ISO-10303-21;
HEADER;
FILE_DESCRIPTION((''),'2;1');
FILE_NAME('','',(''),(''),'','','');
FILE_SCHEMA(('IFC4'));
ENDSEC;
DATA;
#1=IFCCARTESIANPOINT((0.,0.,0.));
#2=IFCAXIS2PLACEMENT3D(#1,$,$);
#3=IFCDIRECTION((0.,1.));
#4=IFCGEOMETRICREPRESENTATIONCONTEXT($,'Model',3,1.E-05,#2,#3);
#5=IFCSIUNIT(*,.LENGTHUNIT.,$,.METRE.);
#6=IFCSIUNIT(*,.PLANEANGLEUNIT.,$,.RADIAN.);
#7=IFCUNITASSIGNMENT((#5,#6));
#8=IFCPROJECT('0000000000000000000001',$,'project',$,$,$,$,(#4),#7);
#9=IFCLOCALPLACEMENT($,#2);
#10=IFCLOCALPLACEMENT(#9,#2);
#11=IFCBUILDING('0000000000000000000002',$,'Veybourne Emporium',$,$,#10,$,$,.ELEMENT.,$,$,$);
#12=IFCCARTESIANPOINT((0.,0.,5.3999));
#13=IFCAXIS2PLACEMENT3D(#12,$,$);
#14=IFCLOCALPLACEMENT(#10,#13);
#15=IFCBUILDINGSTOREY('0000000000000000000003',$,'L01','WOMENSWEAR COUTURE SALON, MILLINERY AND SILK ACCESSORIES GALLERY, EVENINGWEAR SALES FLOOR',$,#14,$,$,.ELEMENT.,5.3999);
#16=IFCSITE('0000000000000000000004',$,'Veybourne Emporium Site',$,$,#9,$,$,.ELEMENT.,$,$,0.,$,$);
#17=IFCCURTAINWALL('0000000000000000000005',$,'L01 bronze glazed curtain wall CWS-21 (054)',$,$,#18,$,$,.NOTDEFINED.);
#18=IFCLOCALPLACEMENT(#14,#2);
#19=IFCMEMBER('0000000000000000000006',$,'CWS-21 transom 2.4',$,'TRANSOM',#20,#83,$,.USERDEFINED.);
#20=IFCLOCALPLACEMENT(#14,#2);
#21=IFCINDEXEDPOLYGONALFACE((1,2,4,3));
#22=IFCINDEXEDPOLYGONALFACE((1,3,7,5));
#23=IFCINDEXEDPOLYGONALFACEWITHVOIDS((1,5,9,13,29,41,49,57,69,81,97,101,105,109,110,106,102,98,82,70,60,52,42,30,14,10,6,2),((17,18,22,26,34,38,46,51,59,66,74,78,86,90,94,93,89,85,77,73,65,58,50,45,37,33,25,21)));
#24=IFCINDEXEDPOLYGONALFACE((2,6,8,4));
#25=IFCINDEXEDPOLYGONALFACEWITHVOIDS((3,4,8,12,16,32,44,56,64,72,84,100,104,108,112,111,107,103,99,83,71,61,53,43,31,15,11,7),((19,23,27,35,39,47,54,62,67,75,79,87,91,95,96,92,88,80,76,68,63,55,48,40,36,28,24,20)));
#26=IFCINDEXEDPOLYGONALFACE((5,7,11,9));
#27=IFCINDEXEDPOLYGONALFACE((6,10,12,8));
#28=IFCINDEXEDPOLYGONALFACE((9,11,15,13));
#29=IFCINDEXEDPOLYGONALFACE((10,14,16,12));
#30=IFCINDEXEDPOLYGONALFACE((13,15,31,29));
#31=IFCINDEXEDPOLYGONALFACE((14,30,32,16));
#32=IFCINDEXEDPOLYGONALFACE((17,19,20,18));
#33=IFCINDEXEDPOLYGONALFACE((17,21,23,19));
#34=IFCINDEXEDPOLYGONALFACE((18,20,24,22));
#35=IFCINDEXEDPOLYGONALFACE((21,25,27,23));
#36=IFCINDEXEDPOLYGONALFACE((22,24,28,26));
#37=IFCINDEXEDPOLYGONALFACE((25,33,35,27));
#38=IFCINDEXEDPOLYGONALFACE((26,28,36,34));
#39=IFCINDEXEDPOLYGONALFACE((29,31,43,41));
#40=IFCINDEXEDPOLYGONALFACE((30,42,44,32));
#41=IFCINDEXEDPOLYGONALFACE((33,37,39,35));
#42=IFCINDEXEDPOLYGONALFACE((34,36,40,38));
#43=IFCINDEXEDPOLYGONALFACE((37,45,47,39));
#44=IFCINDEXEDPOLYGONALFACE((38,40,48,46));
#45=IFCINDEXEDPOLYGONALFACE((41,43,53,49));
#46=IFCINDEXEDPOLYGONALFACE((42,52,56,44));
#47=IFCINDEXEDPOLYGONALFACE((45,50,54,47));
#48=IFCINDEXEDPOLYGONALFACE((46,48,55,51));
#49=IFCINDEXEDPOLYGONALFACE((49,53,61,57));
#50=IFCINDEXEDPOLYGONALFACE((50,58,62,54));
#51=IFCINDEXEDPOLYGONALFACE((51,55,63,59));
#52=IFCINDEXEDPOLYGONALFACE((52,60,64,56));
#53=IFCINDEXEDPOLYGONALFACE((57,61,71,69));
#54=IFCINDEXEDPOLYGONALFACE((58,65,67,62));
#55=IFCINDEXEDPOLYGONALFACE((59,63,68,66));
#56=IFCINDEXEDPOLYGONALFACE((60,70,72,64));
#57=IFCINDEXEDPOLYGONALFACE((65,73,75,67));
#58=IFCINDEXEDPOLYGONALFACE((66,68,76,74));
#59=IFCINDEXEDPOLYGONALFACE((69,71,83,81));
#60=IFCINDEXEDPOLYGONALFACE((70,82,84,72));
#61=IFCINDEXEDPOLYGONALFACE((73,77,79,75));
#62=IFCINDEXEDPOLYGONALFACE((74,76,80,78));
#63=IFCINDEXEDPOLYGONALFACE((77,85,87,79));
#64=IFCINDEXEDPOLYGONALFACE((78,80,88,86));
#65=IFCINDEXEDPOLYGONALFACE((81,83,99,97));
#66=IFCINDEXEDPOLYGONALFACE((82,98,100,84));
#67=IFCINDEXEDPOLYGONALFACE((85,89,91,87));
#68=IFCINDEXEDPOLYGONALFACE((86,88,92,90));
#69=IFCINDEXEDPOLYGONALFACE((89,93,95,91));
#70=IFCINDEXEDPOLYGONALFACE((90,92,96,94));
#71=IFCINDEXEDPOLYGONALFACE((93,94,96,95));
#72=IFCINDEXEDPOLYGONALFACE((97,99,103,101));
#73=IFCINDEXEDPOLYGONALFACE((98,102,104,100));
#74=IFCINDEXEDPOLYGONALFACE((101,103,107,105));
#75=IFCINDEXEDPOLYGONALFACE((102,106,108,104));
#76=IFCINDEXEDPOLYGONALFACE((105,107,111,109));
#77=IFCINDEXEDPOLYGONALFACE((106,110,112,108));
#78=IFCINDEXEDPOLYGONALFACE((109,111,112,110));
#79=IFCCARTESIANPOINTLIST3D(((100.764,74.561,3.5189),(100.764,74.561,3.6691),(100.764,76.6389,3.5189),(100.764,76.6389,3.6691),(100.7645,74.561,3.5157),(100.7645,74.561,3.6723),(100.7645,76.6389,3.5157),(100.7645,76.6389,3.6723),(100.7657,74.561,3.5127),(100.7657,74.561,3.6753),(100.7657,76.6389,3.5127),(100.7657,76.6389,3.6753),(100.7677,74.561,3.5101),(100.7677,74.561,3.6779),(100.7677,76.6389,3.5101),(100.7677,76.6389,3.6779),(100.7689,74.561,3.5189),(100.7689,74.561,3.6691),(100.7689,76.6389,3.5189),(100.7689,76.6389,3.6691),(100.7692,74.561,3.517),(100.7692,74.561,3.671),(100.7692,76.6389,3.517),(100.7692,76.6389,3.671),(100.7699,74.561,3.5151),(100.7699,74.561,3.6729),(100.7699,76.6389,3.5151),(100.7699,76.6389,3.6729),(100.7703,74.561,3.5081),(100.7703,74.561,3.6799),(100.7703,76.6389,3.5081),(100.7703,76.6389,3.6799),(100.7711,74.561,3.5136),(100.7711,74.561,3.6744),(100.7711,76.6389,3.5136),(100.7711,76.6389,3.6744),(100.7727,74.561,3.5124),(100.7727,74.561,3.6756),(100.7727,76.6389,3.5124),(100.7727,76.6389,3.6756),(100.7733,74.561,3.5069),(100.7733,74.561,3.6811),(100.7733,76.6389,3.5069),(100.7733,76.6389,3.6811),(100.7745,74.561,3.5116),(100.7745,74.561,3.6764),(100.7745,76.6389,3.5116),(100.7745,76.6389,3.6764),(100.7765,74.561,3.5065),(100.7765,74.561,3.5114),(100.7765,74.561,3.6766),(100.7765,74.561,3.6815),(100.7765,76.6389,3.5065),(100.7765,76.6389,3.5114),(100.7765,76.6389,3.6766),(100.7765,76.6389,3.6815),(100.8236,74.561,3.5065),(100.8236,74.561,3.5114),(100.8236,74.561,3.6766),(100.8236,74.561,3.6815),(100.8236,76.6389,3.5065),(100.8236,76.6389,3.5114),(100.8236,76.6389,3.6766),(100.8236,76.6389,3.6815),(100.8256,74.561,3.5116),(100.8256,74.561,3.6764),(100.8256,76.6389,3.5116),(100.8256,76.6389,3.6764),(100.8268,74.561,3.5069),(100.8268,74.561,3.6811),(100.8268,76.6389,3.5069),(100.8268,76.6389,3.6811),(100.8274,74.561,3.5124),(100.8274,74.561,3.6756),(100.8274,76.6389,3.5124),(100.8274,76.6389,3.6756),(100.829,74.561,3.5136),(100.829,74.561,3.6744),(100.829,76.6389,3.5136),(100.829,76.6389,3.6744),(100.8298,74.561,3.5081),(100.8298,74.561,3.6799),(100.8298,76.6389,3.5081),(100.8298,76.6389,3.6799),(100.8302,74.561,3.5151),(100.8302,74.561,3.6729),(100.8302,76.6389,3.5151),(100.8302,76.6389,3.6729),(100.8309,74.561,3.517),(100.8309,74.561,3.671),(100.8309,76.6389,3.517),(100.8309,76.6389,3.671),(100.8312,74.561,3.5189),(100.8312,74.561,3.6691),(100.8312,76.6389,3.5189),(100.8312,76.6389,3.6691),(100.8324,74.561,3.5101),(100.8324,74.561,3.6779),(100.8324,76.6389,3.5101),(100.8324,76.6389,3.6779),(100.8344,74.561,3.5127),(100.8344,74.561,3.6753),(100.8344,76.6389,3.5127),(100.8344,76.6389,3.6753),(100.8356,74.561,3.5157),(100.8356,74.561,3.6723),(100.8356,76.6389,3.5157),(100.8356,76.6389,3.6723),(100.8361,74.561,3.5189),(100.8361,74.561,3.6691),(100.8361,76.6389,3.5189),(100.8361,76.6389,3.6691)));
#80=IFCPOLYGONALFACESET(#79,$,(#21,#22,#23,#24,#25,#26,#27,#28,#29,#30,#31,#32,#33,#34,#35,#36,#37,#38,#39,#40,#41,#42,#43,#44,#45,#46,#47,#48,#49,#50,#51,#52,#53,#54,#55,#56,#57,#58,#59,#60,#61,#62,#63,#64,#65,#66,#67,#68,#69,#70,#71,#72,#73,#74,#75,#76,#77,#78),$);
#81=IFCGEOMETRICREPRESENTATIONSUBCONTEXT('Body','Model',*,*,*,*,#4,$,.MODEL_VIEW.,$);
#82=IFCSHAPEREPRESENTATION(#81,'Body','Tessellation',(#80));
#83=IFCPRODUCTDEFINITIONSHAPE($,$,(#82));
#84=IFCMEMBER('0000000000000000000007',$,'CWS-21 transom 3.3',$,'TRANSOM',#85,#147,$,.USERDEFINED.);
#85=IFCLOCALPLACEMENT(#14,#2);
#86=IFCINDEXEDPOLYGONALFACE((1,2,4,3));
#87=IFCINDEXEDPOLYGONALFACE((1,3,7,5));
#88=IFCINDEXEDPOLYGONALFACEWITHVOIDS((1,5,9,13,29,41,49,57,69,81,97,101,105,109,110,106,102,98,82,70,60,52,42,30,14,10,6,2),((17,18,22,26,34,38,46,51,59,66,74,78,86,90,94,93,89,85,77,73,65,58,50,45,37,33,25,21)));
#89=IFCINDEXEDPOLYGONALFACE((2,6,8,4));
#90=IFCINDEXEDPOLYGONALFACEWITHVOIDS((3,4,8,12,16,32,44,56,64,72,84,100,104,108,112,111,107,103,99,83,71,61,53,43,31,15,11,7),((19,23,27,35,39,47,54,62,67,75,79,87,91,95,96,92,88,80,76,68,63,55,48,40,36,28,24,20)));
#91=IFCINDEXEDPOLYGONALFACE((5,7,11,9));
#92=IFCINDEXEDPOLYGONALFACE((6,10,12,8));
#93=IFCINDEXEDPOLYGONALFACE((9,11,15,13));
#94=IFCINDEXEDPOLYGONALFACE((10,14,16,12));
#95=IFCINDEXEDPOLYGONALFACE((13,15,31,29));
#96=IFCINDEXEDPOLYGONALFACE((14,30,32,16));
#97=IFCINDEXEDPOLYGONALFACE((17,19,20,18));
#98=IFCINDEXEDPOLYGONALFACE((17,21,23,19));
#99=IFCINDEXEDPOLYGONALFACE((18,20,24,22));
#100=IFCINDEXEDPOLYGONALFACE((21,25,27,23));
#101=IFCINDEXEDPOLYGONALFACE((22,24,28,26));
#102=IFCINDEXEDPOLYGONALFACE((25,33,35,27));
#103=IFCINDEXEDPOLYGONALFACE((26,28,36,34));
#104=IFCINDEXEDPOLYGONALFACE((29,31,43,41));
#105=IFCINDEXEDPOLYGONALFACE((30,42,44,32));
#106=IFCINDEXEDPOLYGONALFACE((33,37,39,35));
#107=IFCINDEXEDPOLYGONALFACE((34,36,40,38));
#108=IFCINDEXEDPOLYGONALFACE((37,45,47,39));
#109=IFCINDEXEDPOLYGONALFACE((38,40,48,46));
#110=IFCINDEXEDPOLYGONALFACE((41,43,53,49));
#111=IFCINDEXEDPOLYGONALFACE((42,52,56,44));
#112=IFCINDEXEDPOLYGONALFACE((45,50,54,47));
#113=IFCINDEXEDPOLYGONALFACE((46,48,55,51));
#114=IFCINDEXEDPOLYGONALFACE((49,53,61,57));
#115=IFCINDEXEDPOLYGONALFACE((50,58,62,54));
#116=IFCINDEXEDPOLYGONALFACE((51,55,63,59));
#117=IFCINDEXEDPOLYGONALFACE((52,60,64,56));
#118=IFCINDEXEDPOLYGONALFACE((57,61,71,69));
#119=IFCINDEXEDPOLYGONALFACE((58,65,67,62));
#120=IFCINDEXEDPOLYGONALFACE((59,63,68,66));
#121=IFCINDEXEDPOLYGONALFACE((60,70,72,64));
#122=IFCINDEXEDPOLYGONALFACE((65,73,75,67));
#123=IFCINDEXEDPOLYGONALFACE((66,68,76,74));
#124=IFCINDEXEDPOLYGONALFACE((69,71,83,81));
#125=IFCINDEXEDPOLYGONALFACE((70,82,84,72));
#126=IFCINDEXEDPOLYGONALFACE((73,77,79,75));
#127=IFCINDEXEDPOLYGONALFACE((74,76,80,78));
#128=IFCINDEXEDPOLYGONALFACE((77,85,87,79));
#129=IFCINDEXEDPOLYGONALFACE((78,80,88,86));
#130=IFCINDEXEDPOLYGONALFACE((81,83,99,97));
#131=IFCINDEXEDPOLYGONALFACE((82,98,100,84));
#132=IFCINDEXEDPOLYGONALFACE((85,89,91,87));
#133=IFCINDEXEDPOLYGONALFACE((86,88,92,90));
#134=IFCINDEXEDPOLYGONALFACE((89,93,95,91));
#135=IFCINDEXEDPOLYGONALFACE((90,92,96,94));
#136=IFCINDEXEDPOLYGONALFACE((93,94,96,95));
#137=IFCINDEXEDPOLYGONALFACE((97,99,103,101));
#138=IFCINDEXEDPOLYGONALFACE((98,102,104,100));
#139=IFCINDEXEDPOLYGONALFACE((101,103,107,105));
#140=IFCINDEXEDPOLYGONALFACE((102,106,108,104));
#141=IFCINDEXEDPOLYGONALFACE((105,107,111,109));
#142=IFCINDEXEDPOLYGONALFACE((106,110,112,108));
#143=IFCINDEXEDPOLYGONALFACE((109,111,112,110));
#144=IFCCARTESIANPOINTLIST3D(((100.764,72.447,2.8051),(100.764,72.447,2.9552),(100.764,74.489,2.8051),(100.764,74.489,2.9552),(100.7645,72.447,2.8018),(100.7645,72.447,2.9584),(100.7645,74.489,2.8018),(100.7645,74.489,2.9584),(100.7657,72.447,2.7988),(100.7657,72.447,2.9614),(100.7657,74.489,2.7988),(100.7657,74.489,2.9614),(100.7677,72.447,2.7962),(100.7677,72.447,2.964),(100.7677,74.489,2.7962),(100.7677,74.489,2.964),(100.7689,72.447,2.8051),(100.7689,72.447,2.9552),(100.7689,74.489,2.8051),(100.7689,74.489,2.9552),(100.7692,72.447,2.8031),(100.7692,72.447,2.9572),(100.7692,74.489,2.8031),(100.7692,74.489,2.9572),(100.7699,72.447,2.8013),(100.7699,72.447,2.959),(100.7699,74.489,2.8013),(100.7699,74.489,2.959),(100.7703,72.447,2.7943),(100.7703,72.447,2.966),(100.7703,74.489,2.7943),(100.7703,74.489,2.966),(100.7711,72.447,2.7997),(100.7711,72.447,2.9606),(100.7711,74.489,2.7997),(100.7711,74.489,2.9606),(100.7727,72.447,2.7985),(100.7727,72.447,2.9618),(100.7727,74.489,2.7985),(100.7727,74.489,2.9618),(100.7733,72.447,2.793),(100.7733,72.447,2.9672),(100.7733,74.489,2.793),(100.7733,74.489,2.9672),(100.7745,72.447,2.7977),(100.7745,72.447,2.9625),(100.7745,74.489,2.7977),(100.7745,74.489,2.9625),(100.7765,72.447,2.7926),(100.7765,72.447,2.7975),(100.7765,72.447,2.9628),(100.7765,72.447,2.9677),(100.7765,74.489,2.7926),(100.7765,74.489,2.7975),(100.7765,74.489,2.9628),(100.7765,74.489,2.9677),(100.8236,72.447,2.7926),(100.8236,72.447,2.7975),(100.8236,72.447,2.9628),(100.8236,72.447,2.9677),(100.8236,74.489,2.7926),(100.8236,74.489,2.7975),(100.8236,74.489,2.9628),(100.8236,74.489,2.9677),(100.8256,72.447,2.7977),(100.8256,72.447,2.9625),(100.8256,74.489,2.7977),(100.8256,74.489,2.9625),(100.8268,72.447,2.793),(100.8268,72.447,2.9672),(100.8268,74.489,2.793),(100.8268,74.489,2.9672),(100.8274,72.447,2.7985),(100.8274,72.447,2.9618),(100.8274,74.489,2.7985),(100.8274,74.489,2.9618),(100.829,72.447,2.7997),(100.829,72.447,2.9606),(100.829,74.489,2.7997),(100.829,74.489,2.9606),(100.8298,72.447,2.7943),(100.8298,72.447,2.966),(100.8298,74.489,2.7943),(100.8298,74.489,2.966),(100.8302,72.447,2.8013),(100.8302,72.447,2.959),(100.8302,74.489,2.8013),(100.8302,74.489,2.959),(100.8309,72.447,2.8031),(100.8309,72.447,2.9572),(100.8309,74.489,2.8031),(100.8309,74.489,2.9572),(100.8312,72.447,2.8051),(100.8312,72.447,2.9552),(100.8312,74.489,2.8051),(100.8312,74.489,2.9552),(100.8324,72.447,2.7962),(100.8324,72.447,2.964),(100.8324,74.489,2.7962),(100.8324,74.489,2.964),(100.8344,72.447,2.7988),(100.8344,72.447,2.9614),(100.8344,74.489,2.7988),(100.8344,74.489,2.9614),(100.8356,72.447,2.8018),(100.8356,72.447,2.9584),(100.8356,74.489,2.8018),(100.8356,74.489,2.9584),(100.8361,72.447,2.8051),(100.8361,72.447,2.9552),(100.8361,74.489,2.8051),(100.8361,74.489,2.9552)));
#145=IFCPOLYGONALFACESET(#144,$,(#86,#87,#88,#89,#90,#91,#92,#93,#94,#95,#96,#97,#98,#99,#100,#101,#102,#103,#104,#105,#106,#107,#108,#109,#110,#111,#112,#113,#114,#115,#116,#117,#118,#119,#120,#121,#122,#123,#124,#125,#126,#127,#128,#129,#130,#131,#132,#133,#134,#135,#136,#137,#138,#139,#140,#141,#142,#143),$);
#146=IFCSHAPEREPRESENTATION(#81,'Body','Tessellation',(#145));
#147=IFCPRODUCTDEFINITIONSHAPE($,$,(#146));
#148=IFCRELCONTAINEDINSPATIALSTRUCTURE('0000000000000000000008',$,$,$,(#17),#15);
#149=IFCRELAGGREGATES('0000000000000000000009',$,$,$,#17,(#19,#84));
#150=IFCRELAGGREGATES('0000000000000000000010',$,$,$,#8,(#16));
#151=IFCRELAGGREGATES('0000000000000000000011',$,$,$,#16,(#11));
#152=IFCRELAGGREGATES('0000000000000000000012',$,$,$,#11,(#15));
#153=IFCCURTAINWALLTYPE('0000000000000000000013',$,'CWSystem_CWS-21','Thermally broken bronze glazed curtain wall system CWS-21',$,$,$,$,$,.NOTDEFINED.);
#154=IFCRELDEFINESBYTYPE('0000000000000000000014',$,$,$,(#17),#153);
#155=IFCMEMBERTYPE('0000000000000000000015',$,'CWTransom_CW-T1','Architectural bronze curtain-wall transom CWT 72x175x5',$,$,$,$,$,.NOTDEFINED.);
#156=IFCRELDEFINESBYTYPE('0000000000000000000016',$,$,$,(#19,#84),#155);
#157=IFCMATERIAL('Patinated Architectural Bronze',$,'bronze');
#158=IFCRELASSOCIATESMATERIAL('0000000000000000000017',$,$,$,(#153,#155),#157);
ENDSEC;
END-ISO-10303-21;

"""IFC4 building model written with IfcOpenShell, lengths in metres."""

from ifc_helpers import new_model, si_unit, direction, frame, origin, origin_2d, place, context, subcontext, project, spatial, hollow_rectangle, extrude, material, material_profile, profile_set, type_object, element, aggregate, save


model = new_model("IFC4")

# Units and contexts
model_context = context("Model", 3, precision=1e-05, world=origin(), true_north=direction((0.0, 1.0)))
body_context = subcontext(model_context, "Body", "Model", "MODEL_VIEW")
ifc_project = project(units=[si_unit("LENGTHUNIT", "METRE"), si_unit("PLANEANGLEUNIT", "RADIAN")], contexts=[model_context])

# Site, building, storey
site_placement = place(None, origin())
site = spatial("IfcSite", under=ifc_project, at=site_placement, Name="Veybourne Emporium Site", CompositionType="ELEMENT", RefElevation=0.0)
building_placement = place(site_placement, origin())
building = spatial("IfcBuilding", under=site, at=building_placement, Name="Veybourne Emporium", CompositionType="ELEMENT")
storey_placement = place(building_placement, frame((0.0, 0.0, 5.3999)))
storey = spatial("IfcBuildingStorey", under=building, at=storey_placement, Name="L01", Description="WOMENSWEAR COUTURE SALON, MILLINERY AND SILK ACCESSORIES GALLERY, EVENINGWEAR SALES FLOOR", CompositionType="ELEMENT", Elevation=5.3999)

# Curtain wall, members
ifc_material_1 = material(Name="Patinated Architectural Bronze", Category="bronze")
curtain_wall_type = type_object("IfcCurtainWallType", Name="CWSystem_CWS-21", Description="Thermally broken bronze glazed curtain wall system CWS-21", PredefinedType="NOTDEFINED", material=ifc_material_1)
curtain_wall_placement = place(storey_placement, origin())
curtain_wall = element("IfcCurtainWall", 1, at=curtain_wall_placement, inside=storey, type_object=curtain_wall_type, Name="L01 bronze glazed curtain wall CWS-21 (054)", PredefinedType="NOTDEFINED")
ifc_material_profile_1 = material_profile(ifc_material_1, hollow_rectangle(XDim=0.072, YDim=0.175, WallThickness=0.0049, InnerFilletRadius=0.0076, OuterFilletRadius=0.0125, at=origin_2d()), Name="CWT 72x175x5")
ifc_profile_set_1 = profile_set([ifc_material_profile_1], Name="Patinated Architectural Bronze")
member_type_1 = type_object("IfcMemberType", Name="CWTransom_CW-T1", Description="Architectural bronze curtain-wall transom CWT 72x175x5", PredefinedType="NOTDEFINED", material=ifc_profile_set_1)
member_1_placement = place(storey_placement, frame((100.8, 76.6389, 3.594), z_axis=(0.0, -1.0, 0.0), x_axis=(1.0, 0.0, 0.0)))
member_1 = element("IfcMember", 2, at=member_1_placement, type_object=member_type_1, Name="CWS-21 transom 2.4", ObjectType="TRANSOM", PredefinedType="USERDEFINED", context=body_context, shape_type="SweptSolid", body=[
    extrude(hollow_rectangle(XDim=0.072, YDim=0.175, WallThickness=0.0049, InnerFilletRadius=0.0076, OuterFilletRadius=0.0125, at=origin_2d()), origin(), (0.0, 0.0, 1.0), 2.0779),
])
member_2_placement = place(storey_placement, frame((100.8, 74.489, 2.8801), z_axis=(0.0, -1.0, 0.0), x_axis=(1.0, 0.0, 0.0)))
member_2 = element("IfcMember", 3, at=member_2_placement, type_object=member_type_1, Name="CWS-21 transom 3.3", ObjectType="TRANSOM", PredefinedType="USERDEFINED", context=body_context, shape_type="SweptSolid", body=[
    extrude(hollow_rectangle(XDim=0.072, YDim=0.175, WallThickness=0.0049, InnerFilletRadius=0.0076, OuterFilletRadius=0.0125, at=origin_2d()), origin(), (0.0, 0.0, 1.0), 2.042),
])
aggregate(curtain_wall, [member_1, member_2])

save(model, "model.ifc")
